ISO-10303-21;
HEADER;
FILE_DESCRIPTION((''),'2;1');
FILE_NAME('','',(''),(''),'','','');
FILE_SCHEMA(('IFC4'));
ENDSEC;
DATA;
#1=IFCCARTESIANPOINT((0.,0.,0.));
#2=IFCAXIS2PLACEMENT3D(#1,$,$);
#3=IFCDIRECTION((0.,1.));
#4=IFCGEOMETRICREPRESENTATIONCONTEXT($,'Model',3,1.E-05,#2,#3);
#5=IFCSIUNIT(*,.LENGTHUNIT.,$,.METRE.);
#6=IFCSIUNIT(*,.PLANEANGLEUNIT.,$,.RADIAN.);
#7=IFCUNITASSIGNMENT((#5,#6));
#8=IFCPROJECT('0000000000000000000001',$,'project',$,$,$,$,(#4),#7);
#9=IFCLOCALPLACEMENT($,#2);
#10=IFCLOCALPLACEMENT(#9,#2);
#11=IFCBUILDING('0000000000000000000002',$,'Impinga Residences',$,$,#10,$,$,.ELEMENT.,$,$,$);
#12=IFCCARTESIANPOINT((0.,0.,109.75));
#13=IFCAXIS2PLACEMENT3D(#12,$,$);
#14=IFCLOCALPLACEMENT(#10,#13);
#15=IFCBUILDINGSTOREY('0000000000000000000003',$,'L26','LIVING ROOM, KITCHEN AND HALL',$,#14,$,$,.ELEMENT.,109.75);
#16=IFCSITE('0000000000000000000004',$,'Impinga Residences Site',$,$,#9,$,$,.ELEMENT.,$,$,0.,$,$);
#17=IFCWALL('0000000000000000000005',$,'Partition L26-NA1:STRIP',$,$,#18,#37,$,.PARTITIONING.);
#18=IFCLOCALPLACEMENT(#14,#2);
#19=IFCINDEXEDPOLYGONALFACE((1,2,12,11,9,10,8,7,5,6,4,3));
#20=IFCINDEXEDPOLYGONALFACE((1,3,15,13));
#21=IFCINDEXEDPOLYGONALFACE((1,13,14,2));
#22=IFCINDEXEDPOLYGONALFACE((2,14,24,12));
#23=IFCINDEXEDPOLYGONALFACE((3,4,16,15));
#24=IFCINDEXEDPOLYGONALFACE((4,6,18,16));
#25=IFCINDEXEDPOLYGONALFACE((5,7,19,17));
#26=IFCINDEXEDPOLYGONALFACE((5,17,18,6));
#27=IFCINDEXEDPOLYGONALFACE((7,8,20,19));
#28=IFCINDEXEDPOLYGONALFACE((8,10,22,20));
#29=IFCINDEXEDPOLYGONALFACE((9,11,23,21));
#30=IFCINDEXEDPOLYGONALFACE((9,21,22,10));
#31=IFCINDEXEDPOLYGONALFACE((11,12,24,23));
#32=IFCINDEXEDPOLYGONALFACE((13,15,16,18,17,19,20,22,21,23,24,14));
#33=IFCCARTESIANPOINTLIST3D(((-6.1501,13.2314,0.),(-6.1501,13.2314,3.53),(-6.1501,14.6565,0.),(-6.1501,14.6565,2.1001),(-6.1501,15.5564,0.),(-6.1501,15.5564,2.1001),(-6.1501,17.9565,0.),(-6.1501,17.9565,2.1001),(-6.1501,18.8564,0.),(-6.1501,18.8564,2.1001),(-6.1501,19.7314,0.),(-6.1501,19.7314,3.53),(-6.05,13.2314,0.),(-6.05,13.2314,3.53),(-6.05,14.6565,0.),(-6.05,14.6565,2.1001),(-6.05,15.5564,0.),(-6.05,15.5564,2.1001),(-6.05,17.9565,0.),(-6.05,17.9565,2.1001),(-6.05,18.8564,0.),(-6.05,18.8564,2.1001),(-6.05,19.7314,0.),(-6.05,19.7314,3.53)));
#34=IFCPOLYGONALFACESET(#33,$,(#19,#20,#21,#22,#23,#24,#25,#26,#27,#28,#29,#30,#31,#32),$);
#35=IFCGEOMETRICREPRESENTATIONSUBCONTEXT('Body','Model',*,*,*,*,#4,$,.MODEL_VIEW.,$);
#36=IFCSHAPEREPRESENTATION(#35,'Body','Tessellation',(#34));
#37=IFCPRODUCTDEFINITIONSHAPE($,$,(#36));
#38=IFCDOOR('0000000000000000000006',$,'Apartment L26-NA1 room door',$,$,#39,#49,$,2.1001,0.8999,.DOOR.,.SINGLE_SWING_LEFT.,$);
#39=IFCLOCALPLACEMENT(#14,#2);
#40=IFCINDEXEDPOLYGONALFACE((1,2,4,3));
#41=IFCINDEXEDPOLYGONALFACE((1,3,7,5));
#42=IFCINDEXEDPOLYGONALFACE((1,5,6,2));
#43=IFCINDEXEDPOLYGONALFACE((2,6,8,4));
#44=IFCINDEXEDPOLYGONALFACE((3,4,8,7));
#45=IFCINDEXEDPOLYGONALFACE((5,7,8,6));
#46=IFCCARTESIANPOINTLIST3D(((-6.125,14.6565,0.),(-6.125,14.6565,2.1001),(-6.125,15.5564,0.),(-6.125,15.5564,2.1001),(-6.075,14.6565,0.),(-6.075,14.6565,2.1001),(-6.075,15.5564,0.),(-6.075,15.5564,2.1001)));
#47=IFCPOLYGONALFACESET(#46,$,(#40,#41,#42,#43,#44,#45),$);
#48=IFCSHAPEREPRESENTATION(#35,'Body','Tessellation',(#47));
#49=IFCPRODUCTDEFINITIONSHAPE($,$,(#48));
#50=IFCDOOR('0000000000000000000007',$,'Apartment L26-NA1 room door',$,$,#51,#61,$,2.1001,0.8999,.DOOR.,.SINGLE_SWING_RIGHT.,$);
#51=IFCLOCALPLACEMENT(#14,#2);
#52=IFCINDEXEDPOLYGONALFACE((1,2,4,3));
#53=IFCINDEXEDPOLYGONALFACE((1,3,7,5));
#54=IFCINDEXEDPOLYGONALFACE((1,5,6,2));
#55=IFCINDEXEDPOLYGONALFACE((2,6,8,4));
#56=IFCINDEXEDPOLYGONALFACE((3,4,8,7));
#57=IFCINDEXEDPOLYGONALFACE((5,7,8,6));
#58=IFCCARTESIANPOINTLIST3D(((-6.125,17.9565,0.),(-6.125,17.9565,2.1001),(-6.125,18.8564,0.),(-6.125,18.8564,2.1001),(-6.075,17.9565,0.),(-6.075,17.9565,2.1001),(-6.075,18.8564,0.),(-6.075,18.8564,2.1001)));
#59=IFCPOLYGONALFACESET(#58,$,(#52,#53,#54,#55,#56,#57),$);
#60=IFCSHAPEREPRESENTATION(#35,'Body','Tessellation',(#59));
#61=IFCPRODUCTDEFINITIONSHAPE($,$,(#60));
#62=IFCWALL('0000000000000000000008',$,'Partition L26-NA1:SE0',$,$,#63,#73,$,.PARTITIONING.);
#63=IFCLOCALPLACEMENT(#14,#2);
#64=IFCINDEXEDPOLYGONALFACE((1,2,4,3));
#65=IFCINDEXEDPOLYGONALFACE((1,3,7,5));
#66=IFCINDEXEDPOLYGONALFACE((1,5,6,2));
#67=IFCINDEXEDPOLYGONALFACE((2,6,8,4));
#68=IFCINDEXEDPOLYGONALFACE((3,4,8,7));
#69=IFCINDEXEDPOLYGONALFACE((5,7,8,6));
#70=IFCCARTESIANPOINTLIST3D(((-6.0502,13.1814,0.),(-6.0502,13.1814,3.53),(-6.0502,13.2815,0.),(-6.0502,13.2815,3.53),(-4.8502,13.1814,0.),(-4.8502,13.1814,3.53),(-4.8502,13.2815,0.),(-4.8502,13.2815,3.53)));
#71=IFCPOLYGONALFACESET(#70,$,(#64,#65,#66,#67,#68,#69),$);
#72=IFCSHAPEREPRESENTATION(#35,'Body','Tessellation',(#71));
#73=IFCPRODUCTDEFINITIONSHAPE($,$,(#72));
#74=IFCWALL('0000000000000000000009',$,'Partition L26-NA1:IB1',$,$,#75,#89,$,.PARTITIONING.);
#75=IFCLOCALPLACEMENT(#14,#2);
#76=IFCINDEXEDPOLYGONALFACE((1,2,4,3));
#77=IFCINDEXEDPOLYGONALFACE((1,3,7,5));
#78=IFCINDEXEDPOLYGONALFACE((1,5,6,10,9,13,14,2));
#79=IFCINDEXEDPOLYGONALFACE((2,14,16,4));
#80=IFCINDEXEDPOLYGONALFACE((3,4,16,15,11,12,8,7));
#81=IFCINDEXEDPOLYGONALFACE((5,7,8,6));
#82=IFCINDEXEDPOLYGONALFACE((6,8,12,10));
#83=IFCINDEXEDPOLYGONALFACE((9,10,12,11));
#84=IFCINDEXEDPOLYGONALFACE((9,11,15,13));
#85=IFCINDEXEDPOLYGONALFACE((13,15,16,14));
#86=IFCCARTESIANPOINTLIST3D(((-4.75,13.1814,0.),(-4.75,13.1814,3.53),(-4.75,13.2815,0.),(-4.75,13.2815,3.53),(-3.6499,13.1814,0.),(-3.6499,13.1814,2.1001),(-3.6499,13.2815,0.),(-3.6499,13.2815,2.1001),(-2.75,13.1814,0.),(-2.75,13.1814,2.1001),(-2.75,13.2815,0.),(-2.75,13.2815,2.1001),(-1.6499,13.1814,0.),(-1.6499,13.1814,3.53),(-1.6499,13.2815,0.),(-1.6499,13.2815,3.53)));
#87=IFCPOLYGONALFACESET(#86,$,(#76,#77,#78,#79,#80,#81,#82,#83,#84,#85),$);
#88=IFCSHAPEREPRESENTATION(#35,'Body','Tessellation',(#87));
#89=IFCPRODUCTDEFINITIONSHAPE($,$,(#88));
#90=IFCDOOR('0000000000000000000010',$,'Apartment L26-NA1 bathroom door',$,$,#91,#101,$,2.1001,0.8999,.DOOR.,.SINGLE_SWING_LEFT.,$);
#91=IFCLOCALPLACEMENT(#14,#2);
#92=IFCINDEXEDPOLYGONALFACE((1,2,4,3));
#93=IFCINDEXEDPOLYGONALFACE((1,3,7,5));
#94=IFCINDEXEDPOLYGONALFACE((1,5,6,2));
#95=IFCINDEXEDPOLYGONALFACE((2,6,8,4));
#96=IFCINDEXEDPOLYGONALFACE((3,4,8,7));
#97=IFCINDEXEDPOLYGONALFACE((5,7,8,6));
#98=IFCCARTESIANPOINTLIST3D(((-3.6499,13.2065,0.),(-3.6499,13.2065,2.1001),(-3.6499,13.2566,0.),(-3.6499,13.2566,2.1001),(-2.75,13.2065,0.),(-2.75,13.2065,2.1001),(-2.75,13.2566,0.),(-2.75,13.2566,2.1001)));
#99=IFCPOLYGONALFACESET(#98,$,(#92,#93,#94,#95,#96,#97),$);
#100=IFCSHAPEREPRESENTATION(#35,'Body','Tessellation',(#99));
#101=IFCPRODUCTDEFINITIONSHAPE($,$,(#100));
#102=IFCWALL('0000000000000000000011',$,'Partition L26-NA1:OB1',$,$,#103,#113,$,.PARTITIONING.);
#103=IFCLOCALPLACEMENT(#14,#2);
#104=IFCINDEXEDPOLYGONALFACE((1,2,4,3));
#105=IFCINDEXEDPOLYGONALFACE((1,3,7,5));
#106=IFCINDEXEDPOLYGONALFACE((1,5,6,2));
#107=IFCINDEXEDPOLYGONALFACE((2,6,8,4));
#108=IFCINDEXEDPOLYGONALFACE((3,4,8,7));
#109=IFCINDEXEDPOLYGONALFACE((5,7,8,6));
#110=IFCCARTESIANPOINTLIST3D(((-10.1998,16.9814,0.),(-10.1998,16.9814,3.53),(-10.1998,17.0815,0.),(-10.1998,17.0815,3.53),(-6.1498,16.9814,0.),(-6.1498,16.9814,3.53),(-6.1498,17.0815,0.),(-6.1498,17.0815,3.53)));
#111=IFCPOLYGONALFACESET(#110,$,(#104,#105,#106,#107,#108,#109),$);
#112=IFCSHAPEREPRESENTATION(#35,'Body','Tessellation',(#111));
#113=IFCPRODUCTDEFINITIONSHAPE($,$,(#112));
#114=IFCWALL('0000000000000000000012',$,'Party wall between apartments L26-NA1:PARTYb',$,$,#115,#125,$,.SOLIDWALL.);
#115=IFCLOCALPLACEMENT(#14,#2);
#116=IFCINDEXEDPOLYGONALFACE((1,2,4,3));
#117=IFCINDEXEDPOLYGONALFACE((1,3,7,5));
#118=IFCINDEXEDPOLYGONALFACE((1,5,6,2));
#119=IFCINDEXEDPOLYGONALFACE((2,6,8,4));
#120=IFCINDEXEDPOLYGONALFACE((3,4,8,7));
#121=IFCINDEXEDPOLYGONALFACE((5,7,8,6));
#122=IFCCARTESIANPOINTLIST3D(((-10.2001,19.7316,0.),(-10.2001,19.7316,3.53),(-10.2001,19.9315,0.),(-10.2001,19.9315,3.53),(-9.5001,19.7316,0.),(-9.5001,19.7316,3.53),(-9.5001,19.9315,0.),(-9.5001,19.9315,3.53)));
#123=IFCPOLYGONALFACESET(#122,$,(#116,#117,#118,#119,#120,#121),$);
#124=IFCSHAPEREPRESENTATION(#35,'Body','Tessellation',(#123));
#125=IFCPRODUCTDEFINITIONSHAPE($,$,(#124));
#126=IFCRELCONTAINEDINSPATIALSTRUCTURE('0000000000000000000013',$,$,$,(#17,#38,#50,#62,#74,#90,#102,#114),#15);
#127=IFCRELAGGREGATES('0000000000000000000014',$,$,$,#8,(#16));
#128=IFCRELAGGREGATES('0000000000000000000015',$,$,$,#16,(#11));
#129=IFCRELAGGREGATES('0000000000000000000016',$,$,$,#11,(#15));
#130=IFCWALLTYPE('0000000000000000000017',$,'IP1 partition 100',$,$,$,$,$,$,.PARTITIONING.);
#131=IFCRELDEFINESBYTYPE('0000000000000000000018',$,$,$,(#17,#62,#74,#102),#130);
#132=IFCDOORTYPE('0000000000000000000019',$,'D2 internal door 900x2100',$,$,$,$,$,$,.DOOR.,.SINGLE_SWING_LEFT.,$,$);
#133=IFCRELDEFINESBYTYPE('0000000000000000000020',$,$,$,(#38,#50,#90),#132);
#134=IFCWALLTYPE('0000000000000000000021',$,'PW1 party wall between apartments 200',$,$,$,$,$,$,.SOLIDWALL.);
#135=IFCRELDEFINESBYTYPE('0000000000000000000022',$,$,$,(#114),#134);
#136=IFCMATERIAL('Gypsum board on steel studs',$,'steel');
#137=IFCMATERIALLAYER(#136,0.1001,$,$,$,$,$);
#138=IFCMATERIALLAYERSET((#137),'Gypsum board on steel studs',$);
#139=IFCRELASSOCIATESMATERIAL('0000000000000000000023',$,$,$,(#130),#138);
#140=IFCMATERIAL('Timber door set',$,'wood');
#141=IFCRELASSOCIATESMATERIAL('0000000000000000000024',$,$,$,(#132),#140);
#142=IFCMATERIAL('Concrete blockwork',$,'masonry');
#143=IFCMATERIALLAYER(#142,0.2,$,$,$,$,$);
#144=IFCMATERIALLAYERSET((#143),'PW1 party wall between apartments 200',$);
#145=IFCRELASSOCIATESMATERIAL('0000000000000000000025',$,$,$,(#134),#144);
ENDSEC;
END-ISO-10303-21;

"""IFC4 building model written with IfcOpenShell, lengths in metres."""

from ifc_helpers import new_model, si_unit, direction, frame, frame_2d, origin, place, context, subcontext, project, spatial, rectangle, extrude, material, layer, layer_set, type_object, element, fill, save


model = new_model("IFC4")

# Units and contexts
model_context = context("Model", 3, precision=1e-05, world=origin(), true_north=direction((0.0, 1.0)))
body_context = subcontext(model_context, "Body", "Model", "MODEL_VIEW")
ifc_project = project(units=[si_unit("LENGTHUNIT", "METRE"), si_unit("PLANEANGLEUNIT", "RADIAN")], contexts=[model_context])

# Site, building, storey
site_placement = place(None, origin())
site = spatial("IfcSite", under=ifc_project, at=site_placement, Name="Impinga Residences Site", CompositionType="ELEMENT", RefElevation=0.0)
building_placement = place(site_placement, origin())
building = spatial("IfcBuilding", under=site, at=building_placement, Name="Impinga Residences", CompositionType="ELEMENT")
storey_placement = place(building_placement, frame((0.0, 0.0, 109.75)))
storey = spatial("IfcBuildingStorey", under=building, at=storey_placement, Name="L26", Description="LIVING ROOM, KITCHEN AND HALL", CompositionType="ELEMENT", Elevation=109.75)

# Shared definitions
ifc_material_1 = material(Name="Timber door set", Category="wood")

# Shared definitions
ifc_material_2 = material(Name="Gypsum board on steel studs", Category="steel")
ifc_layer_1 = layer(ifc_material_2, 0.1001)
ifc_layer_set_1 = layer_set([ifc_layer_1], Name="Gypsum board on steel studs")
wall_type_1 = type_object("IfcWallType", Name="IP1 partition 100", PredefinedType="PARTITIONING", material=ifc_layer_set_1)

# Wall, openings, doors
wall_1_placement = place(storey_placement, frame((-6.1001, 13.2314, 0.0), z_axis=(0.0, 0.0, 1.0), x_axis=(0.0, 1.0, 0.0)))
wall_1 = element("IfcWall", 1, at=wall_1_placement, inside=storey, type_object=wall_type_1, Name="Partition L26-NA1:STRIP", PredefinedType="PARTITIONING", context=body_context, shape_type="SweptSolid", body=[
    extrude(rectangle(XDim=6.5, YDim=0.1001, at=frame_2d((3.25, 0.0))), origin(), (0.0, 0.0, 1.0), 3.53),
])
opening_1_placement = place(wall_1_placement, frame((1.425, 0.0, 0.0)))
opening_1 = element("IfcOpeningElement", 2, at=opening_1_placement, cuts=wall_1, PredefinedType="OPENING", context=body_context, shape_type="SweptSolid", body=[
    extrude(rectangle(XDim=0.8999, YDim=2.1001, at=frame_2d((0.45, 1.05))), frame((0.0, 0.0601, 0.0), z_axis=(0.0, -1.0, 0.0), x_axis=(1.0, 0.0, 0.0)), (0.0, 0.0, 1.0), 0.1201),
])
opening_2_placement = place(wall_1_placement, frame((4.7251, 0.0, 0.0)))
opening_2 = element("IfcOpeningElement", 3, at=opening_2_placement, cuts=wall_1, PredefinedType="OPENING", context=body_context, shape_type="SweptSolid", body=[
    extrude(rectangle(XDim=0.8999, YDim=2.1001, at=frame_2d((0.45, 1.05))), frame((0.0, 0.0601, 0.0), z_axis=(0.0, -1.0, 0.0), x_axis=(1.0, 0.0, 0.0)), (0.0, 0.0, 1.0), 0.1201),
])
door_type_1 = type_object("IfcDoorType", Name="D2 internal door 900x2100", OperationType="SINGLE_SWING_LEFT", PredefinedType="DOOR", material=ifc_material_1)
door_1_placement = place(opening_1_placement, origin())
door_1 = element("IfcDoor", 4, at=door_1_placement, inside=storey, type_object=door_type_1, Name="Apartment L26-NA1 room door", OperationType="SINGLE_SWING_LEFT", OverallHeight=2.1001, OverallWidth=0.8999, PredefinedType="DOOR", context=body_context, shape_type="SweptSolid", body=[
    extrude(rectangle(XDim=0.8999, YDim=2.1001, at=frame_2d((0.45, 1.05))), frame((0.0, 0.0249, 0.0), z_axis=(0.0, -1.0, 0.0), x_axis=(1.0, 0.0, 0.0)), (0.0, 0.0, 1.0), 0.05),
])
fill(opening_1, door_1)
door_2_placement = place(opening_2_placement, origin())
door_2 = element("IfcDoor", 5, at=door_2_placement, inside=storey, type_object=door_type_1, Name="Apartment L26-NA1 room door", OperationType="SINGLE_SWING_RIGHT", OverallHeight=2.1001, OverallWidth=0.8999, PredefinedType="DOOR", context=body_context, shape_type="SweptSolid", body=[
    extrude(rectangle(XDim=0.8999, YDim=2.1001, at=frame_2d((0.45, 1.05))), frame((0.0, 0.0249, 0.0), z_axis=(0.0, -1.0, 0.0), x_axis=(1.0, 0.0, 0.0)), (0.0, 0.0, 1.0), 0.05),
])
fill(opening_2, door_2)

# Wall
wall_2_placement = place(storey_placement, frame((-4.8501, 13.2314, 0.0), z_axis=(0.0, 0.0, 1.0), x_axis=(-1.0, 0.0, 0.0)))
element("IfcWall", 6, at=wall_2_placement, inside=storey, type_object=wall_type_1, Name="Partition L26-NA1:SE0", PredefinedType="PARTITIONING", context=body_context, shape_type="SweptSolid", body=[
    extrude(rectangle(XDim=1.2, YDim=0.1001, at=frame_2d((0.6001, 0.0))), origin(), (0.0, 0.0, 1.0), 3.53),
])

# Wall, opening, door
wall_3_placement = place(storey_placement, frame((-1.6499, 13.2314, 0.0), z_axis=(0.0, 0.0, 1.0), x_axis=(-1.0, 0.0, 0.0)))
wall_3 = element("IfcWall", 7, at=wall_3_placement, inside=storey, type_object=wall_type_1, Name="Partition L26-NA1:IB1", PredefinedType="PARTITIONING", context=body_context, shape_type="SweptSolid", body=[
    extrude(rectangle(XDim=3.1001, YDim=0.1001, at=frame_2d((1.55, 0.0))), origin(), (0.0, 0.0, 1.0), 3.53),
])
opening_3_placement = place(wall_3_placement, frame((1.1001, 0.0, 0.0)))
opening_3 = element("IfcOpeningElement", 8, at=opening_3_placement, cuts=wall_3, PredefinedType="OPENING", context=body_context, shape_type="SweptSolid", body=[
    extrude(rectangle(XDim=0.8999, YDim=2.1001, at=frame_2d((0.45, 1.05))), frame((0.0, 0.0601, 0.0), z_axis=(0.0, -1.0, 0.0), x_axis=(1.0, 0.0, 0.0)), (0.0, 0.0, 1.0), 0.1201),
])
door_3_placement = place(opening_3_placement, origin())
door_3 = element("IfcDoor", 9, at=door_3_placement, inside=storey, type_object=door_type_1, Name="Apartment L26-NA1 bathroom door", OperationType="SINGLE_SWING_LEFT", OverallHeight=2.1001, OverallWidth=0.8999, PredefinedType="DOOR", context=body_context, shape_type="SweptSolid", body=[
    extrude(rectangle(XDim=0.8999, YDim=2.1001, at=frame_2d((0.45, 1.05))), frame((0.0, 0.0249, 0.0), z_axis=(0.0, -1.0, 0.0), x_axis=(1.0, 0.0, 0.0)), (0.0, 0.0, 1.0), 0.05),
])
fill(opening_3, door_3)

# Walls
wall_4_placement = place(storey_placement, frame((-6.1499, 17.0315, 0.0), z_axis=(0.0, 0.0, 1.0), x_axis=(-1.0, 0.0, 0.0)))
element("IfcWall", 10, at=wall_4_placement, inside=storey, type_object=wall_type_1, Name="Partition L26-NA1:OB1", PredefinedType="PARTITIONING", context=body_context, shape_type="SweptSolid", body=[
    extrude(rectangle(XDim=4.05, YDim=0.1001, at=frame_2d((2.0249, 0.0))), origin(), (0.0, 0.0, 1.0), 3.53),
])
ifc_material_3 = material(Name="Concrete blockwork", Category="masonry")
ifc_layer_2 = layer(ifc_material_3, 0.2)
ifc_layer_set_2 = layer_set([ifc_layer_2], Name="PW1 party wall between apartments 200")
wall_type_2 = type_object("IfcWallType", Name="PW1 party wall between apartments 200", PredefinedType="SOLIDWALL", material=ifc_layer_set_2)
wall_5_placement = place(storey_placement, frame((-9.5, 19.8315, 0.0), z_axis=(0.0, 0.0, 1.0), x_axis=(-1.0, 0.0, 0.0)))
element("IfcWall", 11, at=wall_5_placement, inside=storey, type_object=wall_type_2, Name="Party wall between apartments L26-NA1:PARTYb", PredefinedType="SOLIDWALL", context=body_context, shape_type="SweptSolid", body=[
    extrude(rectangle(XDim=0.7, YDim=0.2, at=frame_2d((0.3501, 0.0))), origin(), (0.0, 0.0, 1.0), 3.53),
])

save(model, "model.ifc")
